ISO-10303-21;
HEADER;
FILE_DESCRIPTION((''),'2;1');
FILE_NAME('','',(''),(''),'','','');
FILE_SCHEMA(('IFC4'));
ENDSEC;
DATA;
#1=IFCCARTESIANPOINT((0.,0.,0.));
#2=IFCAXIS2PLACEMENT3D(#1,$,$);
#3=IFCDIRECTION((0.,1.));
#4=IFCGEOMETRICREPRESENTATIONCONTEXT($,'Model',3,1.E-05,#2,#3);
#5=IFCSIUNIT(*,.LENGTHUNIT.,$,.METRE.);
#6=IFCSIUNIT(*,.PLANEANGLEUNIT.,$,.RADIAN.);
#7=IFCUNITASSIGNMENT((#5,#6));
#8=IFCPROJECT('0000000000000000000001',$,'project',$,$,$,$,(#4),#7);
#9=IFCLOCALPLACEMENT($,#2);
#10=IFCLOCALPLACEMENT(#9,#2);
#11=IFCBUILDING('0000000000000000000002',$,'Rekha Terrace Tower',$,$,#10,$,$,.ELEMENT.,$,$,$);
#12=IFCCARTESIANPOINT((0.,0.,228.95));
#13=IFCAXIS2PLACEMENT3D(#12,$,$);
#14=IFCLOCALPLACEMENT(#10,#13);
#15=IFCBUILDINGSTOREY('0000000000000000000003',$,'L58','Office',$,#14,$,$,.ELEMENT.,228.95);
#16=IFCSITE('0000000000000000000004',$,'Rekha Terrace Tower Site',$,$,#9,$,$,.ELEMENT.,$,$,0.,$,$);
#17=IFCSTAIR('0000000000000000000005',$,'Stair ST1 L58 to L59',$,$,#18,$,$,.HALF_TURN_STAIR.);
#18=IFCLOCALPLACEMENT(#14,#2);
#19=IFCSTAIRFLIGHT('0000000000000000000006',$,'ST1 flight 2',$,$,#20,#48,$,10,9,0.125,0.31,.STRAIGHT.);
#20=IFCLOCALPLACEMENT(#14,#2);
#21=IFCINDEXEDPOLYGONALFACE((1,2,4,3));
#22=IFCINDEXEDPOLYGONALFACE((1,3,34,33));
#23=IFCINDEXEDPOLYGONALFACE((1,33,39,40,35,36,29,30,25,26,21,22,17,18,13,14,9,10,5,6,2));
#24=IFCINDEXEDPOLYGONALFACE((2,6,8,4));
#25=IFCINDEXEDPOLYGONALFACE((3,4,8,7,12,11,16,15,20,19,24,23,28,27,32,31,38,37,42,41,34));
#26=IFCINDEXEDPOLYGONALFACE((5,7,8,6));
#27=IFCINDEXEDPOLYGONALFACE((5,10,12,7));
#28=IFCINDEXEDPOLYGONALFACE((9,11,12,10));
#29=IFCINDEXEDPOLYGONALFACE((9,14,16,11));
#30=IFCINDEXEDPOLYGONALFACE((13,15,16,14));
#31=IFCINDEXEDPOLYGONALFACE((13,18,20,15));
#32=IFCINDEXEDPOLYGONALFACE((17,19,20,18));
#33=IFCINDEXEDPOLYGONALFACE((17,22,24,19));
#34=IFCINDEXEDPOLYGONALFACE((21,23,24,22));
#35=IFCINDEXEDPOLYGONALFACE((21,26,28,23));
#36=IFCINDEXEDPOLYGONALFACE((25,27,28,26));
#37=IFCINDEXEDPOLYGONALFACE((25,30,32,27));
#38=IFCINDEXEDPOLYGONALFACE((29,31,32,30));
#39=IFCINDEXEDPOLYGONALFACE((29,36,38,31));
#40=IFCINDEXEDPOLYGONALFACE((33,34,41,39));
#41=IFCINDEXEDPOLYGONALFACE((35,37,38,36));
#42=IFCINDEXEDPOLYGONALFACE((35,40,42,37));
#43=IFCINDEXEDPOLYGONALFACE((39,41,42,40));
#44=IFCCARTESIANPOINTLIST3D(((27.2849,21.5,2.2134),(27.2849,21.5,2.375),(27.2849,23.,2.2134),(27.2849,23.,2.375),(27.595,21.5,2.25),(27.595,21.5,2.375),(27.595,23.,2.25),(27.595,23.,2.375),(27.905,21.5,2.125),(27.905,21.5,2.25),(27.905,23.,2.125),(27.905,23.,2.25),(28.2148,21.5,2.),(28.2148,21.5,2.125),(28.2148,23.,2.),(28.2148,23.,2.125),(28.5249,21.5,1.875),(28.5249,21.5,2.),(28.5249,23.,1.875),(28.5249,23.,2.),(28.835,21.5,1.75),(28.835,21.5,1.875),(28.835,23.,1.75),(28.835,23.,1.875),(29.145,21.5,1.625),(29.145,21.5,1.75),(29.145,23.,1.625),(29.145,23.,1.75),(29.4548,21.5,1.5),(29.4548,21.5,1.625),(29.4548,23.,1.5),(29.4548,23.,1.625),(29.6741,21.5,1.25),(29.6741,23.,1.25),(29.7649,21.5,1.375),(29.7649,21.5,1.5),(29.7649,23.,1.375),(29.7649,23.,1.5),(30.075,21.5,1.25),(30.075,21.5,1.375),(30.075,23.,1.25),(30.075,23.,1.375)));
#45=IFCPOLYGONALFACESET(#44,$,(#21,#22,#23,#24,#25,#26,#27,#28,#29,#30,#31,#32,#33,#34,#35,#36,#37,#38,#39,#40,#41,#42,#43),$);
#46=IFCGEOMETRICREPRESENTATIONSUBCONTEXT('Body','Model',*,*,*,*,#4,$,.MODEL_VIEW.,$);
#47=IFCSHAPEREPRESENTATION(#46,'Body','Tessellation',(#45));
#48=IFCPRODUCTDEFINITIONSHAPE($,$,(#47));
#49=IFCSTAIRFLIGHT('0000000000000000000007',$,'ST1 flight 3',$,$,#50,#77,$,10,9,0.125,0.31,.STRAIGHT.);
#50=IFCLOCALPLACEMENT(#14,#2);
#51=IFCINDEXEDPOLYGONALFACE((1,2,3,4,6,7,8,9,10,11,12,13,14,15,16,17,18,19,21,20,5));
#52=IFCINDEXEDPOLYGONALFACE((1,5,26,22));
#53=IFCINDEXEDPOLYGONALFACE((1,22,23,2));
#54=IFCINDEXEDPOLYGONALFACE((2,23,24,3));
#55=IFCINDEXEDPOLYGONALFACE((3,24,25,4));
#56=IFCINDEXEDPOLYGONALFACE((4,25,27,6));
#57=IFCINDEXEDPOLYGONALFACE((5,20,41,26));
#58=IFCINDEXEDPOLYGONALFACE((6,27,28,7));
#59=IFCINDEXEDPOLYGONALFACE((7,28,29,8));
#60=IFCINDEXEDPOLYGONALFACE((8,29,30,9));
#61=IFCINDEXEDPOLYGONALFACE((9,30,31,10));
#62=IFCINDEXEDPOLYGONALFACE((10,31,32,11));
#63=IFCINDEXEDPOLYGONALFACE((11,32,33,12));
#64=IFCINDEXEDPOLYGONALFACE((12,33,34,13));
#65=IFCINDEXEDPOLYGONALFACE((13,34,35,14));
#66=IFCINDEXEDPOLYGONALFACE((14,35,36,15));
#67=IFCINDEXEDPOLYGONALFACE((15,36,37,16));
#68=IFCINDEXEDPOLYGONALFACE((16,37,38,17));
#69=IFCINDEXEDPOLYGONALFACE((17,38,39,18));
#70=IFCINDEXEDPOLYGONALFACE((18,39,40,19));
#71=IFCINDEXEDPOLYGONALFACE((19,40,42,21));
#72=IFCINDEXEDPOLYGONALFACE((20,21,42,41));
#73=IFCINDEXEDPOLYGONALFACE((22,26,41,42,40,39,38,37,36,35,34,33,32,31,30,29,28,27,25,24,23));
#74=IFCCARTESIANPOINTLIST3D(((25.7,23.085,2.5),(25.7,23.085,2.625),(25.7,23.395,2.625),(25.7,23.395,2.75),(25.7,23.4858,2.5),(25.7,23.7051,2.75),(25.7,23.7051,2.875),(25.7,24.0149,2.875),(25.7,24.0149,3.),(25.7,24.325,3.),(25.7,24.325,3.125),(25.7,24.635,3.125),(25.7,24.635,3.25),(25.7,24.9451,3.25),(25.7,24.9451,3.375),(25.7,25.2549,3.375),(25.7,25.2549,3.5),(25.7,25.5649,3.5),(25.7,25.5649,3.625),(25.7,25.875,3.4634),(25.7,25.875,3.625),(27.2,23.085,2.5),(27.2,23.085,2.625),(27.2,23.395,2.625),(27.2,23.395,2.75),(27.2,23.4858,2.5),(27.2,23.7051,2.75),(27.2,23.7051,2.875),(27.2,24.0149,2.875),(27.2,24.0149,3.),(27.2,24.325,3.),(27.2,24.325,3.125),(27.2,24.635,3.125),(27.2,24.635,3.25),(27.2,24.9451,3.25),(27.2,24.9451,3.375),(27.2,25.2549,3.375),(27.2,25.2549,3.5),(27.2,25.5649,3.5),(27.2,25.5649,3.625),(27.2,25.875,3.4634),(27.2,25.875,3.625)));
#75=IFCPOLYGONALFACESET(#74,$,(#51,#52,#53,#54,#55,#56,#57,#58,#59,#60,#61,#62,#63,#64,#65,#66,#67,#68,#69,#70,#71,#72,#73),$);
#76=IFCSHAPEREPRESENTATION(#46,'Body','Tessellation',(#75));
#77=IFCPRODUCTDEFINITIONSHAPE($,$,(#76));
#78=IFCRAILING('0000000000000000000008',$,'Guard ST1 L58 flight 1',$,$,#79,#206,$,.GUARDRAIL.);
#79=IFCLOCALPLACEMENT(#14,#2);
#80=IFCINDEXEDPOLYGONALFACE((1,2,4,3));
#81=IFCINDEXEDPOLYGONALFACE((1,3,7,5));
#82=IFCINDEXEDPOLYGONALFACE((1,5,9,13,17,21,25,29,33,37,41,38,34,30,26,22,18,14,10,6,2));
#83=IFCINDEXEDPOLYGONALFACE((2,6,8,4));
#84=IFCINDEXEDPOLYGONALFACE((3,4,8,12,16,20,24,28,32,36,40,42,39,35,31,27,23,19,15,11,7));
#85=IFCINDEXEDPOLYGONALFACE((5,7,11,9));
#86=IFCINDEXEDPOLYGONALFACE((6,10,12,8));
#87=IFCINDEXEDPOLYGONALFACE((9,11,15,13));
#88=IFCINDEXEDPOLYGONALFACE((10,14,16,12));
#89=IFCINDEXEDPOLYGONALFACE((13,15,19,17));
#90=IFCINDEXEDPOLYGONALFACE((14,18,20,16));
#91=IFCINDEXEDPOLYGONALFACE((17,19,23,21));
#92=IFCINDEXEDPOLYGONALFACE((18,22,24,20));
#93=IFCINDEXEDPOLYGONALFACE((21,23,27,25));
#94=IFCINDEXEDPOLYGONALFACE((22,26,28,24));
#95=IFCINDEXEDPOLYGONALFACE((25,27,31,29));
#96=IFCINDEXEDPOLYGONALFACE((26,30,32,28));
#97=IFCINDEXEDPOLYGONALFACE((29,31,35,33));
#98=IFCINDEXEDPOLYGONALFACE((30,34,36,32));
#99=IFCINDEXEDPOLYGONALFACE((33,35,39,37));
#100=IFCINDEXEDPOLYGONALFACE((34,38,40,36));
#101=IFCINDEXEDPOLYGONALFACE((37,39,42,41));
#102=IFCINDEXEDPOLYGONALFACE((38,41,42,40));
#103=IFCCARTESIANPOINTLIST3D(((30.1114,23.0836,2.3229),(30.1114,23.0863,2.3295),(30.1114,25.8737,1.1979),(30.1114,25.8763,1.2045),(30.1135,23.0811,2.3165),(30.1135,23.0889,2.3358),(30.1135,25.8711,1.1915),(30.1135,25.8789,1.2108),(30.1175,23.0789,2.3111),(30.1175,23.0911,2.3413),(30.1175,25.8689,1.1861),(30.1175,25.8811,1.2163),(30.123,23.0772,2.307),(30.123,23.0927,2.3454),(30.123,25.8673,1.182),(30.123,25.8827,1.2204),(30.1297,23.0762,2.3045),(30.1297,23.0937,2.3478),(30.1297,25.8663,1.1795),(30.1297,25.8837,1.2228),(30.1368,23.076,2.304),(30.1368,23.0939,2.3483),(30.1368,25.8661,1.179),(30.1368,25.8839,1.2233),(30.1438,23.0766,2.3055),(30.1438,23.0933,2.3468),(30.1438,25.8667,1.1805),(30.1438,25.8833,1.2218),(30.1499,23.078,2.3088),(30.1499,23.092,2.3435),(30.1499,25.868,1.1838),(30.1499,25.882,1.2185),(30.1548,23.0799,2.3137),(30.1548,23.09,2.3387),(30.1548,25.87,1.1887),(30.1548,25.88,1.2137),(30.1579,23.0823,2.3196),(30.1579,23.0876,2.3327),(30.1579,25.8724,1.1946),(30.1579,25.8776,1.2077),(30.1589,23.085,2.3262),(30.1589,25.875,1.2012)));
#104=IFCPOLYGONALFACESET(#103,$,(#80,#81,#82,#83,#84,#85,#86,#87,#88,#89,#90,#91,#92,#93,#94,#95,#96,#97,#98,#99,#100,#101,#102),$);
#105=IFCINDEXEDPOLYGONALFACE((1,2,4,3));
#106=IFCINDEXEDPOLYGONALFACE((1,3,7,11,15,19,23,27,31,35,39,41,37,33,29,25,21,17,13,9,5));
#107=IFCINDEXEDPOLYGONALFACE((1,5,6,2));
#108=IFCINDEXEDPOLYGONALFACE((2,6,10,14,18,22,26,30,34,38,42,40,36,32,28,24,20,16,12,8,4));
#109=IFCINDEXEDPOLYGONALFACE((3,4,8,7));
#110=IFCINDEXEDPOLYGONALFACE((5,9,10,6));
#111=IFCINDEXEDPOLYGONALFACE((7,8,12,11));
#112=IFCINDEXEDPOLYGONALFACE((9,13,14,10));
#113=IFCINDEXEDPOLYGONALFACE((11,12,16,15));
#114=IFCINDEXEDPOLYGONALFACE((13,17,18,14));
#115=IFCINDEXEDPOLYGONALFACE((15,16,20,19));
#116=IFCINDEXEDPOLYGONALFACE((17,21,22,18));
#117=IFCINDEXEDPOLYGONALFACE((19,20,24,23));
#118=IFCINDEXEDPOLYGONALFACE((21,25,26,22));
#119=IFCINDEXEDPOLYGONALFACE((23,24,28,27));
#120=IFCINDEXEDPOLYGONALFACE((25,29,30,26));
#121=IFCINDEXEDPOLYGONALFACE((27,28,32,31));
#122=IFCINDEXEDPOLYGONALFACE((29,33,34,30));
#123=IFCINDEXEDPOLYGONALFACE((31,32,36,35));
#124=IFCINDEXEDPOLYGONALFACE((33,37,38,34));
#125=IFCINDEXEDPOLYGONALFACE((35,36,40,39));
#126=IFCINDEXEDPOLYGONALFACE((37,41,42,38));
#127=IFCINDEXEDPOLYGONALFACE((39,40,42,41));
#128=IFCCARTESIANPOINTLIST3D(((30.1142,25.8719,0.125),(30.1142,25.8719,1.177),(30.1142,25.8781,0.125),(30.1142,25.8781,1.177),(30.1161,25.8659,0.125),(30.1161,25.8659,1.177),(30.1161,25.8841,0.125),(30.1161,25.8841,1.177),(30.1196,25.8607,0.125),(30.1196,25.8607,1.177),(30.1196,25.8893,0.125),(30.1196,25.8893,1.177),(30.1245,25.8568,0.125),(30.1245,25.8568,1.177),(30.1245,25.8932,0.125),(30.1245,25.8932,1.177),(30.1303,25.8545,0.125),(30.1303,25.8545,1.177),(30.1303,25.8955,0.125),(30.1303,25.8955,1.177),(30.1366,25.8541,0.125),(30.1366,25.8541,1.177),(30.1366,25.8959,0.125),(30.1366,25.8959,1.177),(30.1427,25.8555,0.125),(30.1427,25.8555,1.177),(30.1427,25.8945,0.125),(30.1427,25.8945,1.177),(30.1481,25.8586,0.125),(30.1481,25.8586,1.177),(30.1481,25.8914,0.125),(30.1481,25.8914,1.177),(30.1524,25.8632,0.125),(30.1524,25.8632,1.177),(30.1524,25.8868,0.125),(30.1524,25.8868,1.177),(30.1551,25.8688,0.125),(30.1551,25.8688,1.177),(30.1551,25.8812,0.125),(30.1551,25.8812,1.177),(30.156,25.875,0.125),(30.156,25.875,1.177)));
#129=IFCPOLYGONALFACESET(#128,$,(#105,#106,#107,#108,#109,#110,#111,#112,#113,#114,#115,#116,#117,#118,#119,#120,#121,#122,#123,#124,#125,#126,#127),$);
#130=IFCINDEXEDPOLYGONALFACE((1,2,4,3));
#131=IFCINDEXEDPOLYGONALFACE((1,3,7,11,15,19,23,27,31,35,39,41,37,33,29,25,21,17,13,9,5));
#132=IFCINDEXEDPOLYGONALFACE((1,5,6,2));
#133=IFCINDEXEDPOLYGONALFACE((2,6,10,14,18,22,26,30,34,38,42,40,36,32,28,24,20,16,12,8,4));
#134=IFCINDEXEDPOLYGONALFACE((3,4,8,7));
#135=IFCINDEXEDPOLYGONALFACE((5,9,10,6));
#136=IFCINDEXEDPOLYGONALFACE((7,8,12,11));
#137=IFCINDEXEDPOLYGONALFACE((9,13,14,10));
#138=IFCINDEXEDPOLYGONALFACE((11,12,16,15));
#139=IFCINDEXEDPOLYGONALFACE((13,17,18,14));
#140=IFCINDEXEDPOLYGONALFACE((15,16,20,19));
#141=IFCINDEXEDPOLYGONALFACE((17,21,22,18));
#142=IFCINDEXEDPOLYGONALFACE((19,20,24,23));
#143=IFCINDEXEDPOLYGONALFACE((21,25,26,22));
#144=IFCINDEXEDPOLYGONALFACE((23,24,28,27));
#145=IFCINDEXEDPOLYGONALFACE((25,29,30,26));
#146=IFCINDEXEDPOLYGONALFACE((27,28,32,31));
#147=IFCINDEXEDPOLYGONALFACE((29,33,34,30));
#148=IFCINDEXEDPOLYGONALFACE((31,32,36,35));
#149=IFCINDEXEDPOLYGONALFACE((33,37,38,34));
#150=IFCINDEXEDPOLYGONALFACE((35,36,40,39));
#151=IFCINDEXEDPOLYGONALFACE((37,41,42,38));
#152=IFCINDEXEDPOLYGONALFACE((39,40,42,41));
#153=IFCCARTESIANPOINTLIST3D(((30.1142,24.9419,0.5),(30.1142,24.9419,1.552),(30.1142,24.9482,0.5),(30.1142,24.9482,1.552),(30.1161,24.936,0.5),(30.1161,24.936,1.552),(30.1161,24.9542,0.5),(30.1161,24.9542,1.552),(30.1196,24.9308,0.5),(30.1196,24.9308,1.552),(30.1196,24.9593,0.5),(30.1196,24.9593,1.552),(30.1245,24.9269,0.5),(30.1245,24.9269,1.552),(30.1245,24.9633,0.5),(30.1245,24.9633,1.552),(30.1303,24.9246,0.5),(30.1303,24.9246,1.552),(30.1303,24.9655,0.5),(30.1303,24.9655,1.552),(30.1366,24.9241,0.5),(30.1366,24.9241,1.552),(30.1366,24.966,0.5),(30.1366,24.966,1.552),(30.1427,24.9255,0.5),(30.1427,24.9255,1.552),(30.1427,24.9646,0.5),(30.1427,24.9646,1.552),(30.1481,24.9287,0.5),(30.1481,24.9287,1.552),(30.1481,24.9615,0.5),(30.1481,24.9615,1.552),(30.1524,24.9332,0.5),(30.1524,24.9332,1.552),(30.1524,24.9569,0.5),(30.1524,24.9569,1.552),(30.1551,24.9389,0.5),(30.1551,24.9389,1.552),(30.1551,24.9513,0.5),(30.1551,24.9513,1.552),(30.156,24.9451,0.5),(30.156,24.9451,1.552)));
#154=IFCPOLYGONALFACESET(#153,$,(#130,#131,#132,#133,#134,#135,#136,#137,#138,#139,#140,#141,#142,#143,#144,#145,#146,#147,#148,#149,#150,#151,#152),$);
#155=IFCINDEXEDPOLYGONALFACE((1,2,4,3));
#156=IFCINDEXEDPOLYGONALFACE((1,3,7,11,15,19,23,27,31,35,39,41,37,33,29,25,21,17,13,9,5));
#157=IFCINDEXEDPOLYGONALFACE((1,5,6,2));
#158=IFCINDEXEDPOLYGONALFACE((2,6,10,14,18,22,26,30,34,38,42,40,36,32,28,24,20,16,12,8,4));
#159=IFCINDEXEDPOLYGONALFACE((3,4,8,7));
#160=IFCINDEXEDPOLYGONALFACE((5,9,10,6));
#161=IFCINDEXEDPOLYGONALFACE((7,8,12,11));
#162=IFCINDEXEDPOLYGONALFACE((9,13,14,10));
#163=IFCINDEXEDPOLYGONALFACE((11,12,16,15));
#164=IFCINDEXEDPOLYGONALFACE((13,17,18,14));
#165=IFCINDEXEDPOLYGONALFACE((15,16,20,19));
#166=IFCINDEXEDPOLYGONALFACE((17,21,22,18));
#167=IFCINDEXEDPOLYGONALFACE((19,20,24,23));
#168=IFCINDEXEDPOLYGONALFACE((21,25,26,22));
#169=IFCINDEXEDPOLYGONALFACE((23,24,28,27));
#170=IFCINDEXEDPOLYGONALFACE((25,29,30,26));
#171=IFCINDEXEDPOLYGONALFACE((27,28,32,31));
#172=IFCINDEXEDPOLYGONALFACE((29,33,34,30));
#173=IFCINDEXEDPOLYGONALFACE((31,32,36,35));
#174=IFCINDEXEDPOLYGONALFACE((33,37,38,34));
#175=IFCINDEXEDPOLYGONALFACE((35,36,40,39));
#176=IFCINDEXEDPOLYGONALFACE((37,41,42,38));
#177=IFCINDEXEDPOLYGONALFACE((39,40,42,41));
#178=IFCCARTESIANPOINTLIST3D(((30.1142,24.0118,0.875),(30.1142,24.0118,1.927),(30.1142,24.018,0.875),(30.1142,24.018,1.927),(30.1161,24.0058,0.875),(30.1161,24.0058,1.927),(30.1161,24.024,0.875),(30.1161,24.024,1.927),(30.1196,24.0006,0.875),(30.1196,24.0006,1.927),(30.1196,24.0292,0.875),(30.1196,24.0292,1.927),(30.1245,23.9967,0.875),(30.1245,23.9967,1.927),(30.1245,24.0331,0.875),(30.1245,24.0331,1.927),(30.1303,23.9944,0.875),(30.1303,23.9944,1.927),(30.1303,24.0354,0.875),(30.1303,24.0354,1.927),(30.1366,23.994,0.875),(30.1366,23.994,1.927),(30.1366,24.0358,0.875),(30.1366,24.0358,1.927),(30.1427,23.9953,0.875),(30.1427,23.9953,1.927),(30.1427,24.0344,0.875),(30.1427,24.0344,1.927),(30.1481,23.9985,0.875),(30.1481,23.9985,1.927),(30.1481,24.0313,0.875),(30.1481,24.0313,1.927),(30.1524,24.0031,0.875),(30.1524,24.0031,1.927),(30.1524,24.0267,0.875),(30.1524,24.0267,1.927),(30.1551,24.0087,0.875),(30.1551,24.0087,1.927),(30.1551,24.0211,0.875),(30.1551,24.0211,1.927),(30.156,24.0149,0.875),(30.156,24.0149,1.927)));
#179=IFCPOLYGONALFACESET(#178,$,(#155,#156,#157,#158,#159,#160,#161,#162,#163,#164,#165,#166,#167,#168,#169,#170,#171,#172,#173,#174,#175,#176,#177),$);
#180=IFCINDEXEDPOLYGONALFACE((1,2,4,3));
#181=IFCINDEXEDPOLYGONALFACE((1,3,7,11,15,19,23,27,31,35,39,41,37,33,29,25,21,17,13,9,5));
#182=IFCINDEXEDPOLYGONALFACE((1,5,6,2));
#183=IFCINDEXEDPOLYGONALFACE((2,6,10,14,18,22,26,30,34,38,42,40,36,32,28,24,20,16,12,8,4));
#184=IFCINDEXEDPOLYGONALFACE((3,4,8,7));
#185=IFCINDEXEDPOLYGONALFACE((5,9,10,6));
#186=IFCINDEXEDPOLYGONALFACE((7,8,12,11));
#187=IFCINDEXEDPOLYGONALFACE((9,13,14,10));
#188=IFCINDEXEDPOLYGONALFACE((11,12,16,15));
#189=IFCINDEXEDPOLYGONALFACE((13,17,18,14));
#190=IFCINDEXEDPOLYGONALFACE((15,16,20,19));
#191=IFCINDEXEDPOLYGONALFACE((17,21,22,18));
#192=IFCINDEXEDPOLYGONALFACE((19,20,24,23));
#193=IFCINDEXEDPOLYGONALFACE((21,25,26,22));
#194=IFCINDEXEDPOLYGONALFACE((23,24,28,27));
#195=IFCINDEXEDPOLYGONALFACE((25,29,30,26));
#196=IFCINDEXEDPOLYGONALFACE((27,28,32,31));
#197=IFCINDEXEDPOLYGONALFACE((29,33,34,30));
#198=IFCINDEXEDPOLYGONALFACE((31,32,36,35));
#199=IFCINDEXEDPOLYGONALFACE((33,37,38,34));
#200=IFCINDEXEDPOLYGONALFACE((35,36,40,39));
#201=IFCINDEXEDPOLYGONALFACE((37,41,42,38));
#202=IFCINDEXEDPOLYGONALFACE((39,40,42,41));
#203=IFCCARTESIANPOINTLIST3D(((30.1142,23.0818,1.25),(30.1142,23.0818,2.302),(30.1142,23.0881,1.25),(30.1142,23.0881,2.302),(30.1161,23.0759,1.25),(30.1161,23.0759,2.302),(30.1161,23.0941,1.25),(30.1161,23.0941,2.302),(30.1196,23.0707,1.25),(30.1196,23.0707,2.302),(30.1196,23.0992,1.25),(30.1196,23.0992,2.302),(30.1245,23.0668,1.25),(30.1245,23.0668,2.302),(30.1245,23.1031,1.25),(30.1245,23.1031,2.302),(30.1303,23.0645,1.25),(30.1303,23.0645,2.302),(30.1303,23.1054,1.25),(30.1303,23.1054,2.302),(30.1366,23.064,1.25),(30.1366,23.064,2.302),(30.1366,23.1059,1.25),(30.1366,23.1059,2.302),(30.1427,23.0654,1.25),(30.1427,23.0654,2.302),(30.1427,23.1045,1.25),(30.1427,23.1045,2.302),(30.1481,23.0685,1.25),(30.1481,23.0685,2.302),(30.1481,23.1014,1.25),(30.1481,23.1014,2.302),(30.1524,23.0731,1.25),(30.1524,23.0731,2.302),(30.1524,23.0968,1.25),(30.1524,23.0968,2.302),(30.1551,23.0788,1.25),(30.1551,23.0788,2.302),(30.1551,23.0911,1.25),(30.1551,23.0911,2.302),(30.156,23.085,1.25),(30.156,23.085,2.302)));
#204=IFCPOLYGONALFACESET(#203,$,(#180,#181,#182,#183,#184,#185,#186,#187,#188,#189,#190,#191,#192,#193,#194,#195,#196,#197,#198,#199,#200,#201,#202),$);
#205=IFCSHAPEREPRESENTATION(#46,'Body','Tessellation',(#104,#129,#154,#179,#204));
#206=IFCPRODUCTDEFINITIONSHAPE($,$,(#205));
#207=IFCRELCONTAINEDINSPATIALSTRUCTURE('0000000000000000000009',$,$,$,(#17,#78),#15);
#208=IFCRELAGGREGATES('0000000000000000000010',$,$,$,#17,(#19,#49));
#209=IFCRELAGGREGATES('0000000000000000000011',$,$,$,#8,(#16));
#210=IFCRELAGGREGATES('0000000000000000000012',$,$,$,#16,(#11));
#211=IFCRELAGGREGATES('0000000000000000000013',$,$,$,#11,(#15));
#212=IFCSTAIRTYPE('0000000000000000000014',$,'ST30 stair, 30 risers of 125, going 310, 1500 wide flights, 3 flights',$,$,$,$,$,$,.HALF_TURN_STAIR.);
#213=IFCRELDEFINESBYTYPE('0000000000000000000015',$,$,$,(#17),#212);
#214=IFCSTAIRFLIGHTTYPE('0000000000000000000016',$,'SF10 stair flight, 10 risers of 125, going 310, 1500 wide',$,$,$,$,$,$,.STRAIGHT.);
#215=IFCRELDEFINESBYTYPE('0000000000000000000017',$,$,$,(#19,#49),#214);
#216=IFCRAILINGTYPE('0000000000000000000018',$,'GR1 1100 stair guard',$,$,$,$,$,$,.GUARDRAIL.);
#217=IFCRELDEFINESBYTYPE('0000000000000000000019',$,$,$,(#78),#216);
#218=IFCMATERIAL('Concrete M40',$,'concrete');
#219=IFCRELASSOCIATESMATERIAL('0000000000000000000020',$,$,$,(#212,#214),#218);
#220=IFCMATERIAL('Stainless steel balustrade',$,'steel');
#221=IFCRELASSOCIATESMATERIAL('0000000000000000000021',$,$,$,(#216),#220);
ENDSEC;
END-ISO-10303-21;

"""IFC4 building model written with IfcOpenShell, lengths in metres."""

from ifc_helpers import new_model, si_unit, direction, frame, origin, origin_2d, place, context, subcontext, project, spatial, polyline, circle, outline, extrude, material, type_object, element, aggregate, save


model = new_model("IFC4")

# Units and contexts
model_context = context("Model", 3, precision=1e-05, world=origin(), true_north=direction((0.0, 1.0)))
body_context = subcontext(model_context, "Body", "Model", "MODEL_VIEW")
ifc_project = project(units=[si_unit("LENGTHUNIT", "METRE"), si_unit("PLANEANGLEUNIT", "RADIAN")], contexts=[model_context])

# Site, building, storey
site_placement = place(None, origin())
site = spatial("IfcSite", under=ifc_project, at=site_placement, Name="Rekha Terrace Tower Site", CompositionType="ELEMENT", RefElevation=0.0)
building_placement = place(site_placement, origin())
building = spatial("IfcBuilding", under=site, at=building_placement, Name="Rekha Terrace Tower", CompositionType="ELEMENT")
storey_placement = place(building_placement, frame((0.0, 0.0, 228.95)))
storey = spatial("IfcBuildingStorey", under=building, at=storey_placement, Name="L58", Description="Office", CompositionType="ELEMENT", Elevation=228.95)

# Stair, stair flights
ifc_material_1 = material(Name="Concrete M40", Category="concrete")
stair_type = type_object("IfcStairType", Name="ST30 stair, 30 risers of 125, going 310, 1500 wide flights, 3 flights", PredefinedType="HALF_TURN_STAIR", material=ifc_material_1)
stair_placement = place(storey_placement, origin())
stair = element("IfcStair", 1, at=stair_placement, inside=storey, type_object=stair_type, Name="Stair ST1 L58 to L59", PredefinedType="HALF_TURN_STAIR")
stair_flight_type = type_object("IfcStairFlightType", Name="SF10 stair flight, 10 risers of 125, going 310, 1500 wide", PredefinedType="STRAIGHT", material=ifc_material_1)
stair_flight_1_placement = place(storey_placement, frame((30.075, 22.25, 1.25), z_axis=(0.0, 0.0, 1.0), x_axis=(-1.0, 0.0, 0.0)))
stair_flight_1 = element("IfcStairFlight", 2, at=stair_flight_1_placement, type_object=stair_flight_type, Name="ST1 flight 2", NumberOfRisers=10, NumberOfTreads=9, PredefinedType="STRAIGHT", RiserHeight=0.125, TreadLength=0.31, context=body_context, shape_type="SweptSolid", body=[
    extrude(outline(polyline([(0.0, 0.0), (0.0, 0.125), (0.3101, 0.125), (0.3101, 0.25), (0.6201, 0.25), (0.6201, 0.375), (0.9299, 0.375), (0.9299, 0.5), (1.24, 0.5), (1.24, 0.625), (1.55, 0.625), (1.55, 0.75), (1.8601, 0.75), (1.8601, 0.875), (2.1699, 0.875), (2.1699, 1.0), (2.48, 1.0), (2.48, 1.125), (2.79, 1.125), (2.79, 1.25), (2.79, 0.9634), (0.4009, 0.0), (0.0, 0.0)])), frame((0.0, 0.75, 0.0), z_axis=(0.0, -1.0, 0.0), x_axis=(1.0, 0.0, 0.0)), (0.0, 0.0, 1.0), 1.5),
])
stair_flight_2_placement = place(storey_placement, frame((26.45, 23.085, 2.5), z_axis=(0.0, 0.0, 1.0), x_axis=(0.0, 1.0, 0.0)))
stair_flight_2 = element("IfcStairFlight", 3, at=stair_flight_2_placement, type_object=stair_flight_type, Name="ST1 flight 3", NumberOfRisers=10, NumberOfTreads=9, PredefinedType="STRAIGHT", RiserHeight=0.125, TreadLength=0.31, context=body_context, shape_type="SweptSolid", body=[
    extrude(outline(polyline([(0.0, 0.0), (0.0, 0.125), (0.3101, 0.125), (0.3101, 0.25), (0.6201, 0.25), (0.6201, 0.375), (0.9299, 0.375), (0.9299, 0.5), (1.24, 0.5), (1.24, 0.625), (1.55, 0.625), (1.55, 0.75), (1.8601, 0.75), (1.8601, 0.875), (2.1699, 0.875), (2.1699, 1.0), (2.48, 1.0), (2.48, 1.125), (2.79, 1.125), (2.79, 1.25), (2.79, 0.9634), (0.4009, 0.0), (0.0, 0.0)])), frame((0.0, 0.75, 0.0), z_axis=(0.0, -1.0, 0.0), x_axis=(1.0, 0.0, 0.0)), (0.0, 0.0, 1.0), 1.5),
])
aggregate(stair, [stair_flight_1, stair_flight_2])

# Railing
ifc_material_2 = material(Name="Stainless steel balustrade", Category="steel")
railing_type_1 = type_object("IfcRailingType", Name="GR1 1100 stair guard", PredefinedType="GUARDRAIL", material=ifc_material_2)
railing_1_placement = place(storey_placement, frame((30.135, 25.875, 0.125)))
element("IfcRailing", 4, at=railing_1_placement, inside=storey, type_object=railing_type_1, Name="Guard ST1 L58 flight 1", PredefinedType="GUARDRAIL", context=body_context, shape_type="SweptSolid", body=[
    extrude(circle(Radius=0.0239, at=origin_2d()), frame((0.0, 0.0, 1.0762), z_axis=(0.0, -0.927443, 0.373964), x_axis=(1.0, 0.0, 0.0)), (0.0, 0.0, 1.0), 3.0083),
    extrude(circle(Radius=0.021, at=origin_2d()), origin(), (0.0, 0.0, 1.0), 1.052),
    extrude(circle(Radius=0.021, at=origin_2d()), frame((0.0, -0.9299, 0.375)), (0.0, 0.0, 1.0), 1.052),
    extrude(circle(Radius=0.021, at=origin_2d()), frame((0.0, -1.8601, 0.75)), (0.0, 0.0, 1.0), 1.052),
    extrude(circle(Radius=0.021, at=origin_2d()), frame((0.0, -2.79, 1.125)), (0.0, 0.0, 1.0), 1.052),
])

save(model, "model.ifc")
